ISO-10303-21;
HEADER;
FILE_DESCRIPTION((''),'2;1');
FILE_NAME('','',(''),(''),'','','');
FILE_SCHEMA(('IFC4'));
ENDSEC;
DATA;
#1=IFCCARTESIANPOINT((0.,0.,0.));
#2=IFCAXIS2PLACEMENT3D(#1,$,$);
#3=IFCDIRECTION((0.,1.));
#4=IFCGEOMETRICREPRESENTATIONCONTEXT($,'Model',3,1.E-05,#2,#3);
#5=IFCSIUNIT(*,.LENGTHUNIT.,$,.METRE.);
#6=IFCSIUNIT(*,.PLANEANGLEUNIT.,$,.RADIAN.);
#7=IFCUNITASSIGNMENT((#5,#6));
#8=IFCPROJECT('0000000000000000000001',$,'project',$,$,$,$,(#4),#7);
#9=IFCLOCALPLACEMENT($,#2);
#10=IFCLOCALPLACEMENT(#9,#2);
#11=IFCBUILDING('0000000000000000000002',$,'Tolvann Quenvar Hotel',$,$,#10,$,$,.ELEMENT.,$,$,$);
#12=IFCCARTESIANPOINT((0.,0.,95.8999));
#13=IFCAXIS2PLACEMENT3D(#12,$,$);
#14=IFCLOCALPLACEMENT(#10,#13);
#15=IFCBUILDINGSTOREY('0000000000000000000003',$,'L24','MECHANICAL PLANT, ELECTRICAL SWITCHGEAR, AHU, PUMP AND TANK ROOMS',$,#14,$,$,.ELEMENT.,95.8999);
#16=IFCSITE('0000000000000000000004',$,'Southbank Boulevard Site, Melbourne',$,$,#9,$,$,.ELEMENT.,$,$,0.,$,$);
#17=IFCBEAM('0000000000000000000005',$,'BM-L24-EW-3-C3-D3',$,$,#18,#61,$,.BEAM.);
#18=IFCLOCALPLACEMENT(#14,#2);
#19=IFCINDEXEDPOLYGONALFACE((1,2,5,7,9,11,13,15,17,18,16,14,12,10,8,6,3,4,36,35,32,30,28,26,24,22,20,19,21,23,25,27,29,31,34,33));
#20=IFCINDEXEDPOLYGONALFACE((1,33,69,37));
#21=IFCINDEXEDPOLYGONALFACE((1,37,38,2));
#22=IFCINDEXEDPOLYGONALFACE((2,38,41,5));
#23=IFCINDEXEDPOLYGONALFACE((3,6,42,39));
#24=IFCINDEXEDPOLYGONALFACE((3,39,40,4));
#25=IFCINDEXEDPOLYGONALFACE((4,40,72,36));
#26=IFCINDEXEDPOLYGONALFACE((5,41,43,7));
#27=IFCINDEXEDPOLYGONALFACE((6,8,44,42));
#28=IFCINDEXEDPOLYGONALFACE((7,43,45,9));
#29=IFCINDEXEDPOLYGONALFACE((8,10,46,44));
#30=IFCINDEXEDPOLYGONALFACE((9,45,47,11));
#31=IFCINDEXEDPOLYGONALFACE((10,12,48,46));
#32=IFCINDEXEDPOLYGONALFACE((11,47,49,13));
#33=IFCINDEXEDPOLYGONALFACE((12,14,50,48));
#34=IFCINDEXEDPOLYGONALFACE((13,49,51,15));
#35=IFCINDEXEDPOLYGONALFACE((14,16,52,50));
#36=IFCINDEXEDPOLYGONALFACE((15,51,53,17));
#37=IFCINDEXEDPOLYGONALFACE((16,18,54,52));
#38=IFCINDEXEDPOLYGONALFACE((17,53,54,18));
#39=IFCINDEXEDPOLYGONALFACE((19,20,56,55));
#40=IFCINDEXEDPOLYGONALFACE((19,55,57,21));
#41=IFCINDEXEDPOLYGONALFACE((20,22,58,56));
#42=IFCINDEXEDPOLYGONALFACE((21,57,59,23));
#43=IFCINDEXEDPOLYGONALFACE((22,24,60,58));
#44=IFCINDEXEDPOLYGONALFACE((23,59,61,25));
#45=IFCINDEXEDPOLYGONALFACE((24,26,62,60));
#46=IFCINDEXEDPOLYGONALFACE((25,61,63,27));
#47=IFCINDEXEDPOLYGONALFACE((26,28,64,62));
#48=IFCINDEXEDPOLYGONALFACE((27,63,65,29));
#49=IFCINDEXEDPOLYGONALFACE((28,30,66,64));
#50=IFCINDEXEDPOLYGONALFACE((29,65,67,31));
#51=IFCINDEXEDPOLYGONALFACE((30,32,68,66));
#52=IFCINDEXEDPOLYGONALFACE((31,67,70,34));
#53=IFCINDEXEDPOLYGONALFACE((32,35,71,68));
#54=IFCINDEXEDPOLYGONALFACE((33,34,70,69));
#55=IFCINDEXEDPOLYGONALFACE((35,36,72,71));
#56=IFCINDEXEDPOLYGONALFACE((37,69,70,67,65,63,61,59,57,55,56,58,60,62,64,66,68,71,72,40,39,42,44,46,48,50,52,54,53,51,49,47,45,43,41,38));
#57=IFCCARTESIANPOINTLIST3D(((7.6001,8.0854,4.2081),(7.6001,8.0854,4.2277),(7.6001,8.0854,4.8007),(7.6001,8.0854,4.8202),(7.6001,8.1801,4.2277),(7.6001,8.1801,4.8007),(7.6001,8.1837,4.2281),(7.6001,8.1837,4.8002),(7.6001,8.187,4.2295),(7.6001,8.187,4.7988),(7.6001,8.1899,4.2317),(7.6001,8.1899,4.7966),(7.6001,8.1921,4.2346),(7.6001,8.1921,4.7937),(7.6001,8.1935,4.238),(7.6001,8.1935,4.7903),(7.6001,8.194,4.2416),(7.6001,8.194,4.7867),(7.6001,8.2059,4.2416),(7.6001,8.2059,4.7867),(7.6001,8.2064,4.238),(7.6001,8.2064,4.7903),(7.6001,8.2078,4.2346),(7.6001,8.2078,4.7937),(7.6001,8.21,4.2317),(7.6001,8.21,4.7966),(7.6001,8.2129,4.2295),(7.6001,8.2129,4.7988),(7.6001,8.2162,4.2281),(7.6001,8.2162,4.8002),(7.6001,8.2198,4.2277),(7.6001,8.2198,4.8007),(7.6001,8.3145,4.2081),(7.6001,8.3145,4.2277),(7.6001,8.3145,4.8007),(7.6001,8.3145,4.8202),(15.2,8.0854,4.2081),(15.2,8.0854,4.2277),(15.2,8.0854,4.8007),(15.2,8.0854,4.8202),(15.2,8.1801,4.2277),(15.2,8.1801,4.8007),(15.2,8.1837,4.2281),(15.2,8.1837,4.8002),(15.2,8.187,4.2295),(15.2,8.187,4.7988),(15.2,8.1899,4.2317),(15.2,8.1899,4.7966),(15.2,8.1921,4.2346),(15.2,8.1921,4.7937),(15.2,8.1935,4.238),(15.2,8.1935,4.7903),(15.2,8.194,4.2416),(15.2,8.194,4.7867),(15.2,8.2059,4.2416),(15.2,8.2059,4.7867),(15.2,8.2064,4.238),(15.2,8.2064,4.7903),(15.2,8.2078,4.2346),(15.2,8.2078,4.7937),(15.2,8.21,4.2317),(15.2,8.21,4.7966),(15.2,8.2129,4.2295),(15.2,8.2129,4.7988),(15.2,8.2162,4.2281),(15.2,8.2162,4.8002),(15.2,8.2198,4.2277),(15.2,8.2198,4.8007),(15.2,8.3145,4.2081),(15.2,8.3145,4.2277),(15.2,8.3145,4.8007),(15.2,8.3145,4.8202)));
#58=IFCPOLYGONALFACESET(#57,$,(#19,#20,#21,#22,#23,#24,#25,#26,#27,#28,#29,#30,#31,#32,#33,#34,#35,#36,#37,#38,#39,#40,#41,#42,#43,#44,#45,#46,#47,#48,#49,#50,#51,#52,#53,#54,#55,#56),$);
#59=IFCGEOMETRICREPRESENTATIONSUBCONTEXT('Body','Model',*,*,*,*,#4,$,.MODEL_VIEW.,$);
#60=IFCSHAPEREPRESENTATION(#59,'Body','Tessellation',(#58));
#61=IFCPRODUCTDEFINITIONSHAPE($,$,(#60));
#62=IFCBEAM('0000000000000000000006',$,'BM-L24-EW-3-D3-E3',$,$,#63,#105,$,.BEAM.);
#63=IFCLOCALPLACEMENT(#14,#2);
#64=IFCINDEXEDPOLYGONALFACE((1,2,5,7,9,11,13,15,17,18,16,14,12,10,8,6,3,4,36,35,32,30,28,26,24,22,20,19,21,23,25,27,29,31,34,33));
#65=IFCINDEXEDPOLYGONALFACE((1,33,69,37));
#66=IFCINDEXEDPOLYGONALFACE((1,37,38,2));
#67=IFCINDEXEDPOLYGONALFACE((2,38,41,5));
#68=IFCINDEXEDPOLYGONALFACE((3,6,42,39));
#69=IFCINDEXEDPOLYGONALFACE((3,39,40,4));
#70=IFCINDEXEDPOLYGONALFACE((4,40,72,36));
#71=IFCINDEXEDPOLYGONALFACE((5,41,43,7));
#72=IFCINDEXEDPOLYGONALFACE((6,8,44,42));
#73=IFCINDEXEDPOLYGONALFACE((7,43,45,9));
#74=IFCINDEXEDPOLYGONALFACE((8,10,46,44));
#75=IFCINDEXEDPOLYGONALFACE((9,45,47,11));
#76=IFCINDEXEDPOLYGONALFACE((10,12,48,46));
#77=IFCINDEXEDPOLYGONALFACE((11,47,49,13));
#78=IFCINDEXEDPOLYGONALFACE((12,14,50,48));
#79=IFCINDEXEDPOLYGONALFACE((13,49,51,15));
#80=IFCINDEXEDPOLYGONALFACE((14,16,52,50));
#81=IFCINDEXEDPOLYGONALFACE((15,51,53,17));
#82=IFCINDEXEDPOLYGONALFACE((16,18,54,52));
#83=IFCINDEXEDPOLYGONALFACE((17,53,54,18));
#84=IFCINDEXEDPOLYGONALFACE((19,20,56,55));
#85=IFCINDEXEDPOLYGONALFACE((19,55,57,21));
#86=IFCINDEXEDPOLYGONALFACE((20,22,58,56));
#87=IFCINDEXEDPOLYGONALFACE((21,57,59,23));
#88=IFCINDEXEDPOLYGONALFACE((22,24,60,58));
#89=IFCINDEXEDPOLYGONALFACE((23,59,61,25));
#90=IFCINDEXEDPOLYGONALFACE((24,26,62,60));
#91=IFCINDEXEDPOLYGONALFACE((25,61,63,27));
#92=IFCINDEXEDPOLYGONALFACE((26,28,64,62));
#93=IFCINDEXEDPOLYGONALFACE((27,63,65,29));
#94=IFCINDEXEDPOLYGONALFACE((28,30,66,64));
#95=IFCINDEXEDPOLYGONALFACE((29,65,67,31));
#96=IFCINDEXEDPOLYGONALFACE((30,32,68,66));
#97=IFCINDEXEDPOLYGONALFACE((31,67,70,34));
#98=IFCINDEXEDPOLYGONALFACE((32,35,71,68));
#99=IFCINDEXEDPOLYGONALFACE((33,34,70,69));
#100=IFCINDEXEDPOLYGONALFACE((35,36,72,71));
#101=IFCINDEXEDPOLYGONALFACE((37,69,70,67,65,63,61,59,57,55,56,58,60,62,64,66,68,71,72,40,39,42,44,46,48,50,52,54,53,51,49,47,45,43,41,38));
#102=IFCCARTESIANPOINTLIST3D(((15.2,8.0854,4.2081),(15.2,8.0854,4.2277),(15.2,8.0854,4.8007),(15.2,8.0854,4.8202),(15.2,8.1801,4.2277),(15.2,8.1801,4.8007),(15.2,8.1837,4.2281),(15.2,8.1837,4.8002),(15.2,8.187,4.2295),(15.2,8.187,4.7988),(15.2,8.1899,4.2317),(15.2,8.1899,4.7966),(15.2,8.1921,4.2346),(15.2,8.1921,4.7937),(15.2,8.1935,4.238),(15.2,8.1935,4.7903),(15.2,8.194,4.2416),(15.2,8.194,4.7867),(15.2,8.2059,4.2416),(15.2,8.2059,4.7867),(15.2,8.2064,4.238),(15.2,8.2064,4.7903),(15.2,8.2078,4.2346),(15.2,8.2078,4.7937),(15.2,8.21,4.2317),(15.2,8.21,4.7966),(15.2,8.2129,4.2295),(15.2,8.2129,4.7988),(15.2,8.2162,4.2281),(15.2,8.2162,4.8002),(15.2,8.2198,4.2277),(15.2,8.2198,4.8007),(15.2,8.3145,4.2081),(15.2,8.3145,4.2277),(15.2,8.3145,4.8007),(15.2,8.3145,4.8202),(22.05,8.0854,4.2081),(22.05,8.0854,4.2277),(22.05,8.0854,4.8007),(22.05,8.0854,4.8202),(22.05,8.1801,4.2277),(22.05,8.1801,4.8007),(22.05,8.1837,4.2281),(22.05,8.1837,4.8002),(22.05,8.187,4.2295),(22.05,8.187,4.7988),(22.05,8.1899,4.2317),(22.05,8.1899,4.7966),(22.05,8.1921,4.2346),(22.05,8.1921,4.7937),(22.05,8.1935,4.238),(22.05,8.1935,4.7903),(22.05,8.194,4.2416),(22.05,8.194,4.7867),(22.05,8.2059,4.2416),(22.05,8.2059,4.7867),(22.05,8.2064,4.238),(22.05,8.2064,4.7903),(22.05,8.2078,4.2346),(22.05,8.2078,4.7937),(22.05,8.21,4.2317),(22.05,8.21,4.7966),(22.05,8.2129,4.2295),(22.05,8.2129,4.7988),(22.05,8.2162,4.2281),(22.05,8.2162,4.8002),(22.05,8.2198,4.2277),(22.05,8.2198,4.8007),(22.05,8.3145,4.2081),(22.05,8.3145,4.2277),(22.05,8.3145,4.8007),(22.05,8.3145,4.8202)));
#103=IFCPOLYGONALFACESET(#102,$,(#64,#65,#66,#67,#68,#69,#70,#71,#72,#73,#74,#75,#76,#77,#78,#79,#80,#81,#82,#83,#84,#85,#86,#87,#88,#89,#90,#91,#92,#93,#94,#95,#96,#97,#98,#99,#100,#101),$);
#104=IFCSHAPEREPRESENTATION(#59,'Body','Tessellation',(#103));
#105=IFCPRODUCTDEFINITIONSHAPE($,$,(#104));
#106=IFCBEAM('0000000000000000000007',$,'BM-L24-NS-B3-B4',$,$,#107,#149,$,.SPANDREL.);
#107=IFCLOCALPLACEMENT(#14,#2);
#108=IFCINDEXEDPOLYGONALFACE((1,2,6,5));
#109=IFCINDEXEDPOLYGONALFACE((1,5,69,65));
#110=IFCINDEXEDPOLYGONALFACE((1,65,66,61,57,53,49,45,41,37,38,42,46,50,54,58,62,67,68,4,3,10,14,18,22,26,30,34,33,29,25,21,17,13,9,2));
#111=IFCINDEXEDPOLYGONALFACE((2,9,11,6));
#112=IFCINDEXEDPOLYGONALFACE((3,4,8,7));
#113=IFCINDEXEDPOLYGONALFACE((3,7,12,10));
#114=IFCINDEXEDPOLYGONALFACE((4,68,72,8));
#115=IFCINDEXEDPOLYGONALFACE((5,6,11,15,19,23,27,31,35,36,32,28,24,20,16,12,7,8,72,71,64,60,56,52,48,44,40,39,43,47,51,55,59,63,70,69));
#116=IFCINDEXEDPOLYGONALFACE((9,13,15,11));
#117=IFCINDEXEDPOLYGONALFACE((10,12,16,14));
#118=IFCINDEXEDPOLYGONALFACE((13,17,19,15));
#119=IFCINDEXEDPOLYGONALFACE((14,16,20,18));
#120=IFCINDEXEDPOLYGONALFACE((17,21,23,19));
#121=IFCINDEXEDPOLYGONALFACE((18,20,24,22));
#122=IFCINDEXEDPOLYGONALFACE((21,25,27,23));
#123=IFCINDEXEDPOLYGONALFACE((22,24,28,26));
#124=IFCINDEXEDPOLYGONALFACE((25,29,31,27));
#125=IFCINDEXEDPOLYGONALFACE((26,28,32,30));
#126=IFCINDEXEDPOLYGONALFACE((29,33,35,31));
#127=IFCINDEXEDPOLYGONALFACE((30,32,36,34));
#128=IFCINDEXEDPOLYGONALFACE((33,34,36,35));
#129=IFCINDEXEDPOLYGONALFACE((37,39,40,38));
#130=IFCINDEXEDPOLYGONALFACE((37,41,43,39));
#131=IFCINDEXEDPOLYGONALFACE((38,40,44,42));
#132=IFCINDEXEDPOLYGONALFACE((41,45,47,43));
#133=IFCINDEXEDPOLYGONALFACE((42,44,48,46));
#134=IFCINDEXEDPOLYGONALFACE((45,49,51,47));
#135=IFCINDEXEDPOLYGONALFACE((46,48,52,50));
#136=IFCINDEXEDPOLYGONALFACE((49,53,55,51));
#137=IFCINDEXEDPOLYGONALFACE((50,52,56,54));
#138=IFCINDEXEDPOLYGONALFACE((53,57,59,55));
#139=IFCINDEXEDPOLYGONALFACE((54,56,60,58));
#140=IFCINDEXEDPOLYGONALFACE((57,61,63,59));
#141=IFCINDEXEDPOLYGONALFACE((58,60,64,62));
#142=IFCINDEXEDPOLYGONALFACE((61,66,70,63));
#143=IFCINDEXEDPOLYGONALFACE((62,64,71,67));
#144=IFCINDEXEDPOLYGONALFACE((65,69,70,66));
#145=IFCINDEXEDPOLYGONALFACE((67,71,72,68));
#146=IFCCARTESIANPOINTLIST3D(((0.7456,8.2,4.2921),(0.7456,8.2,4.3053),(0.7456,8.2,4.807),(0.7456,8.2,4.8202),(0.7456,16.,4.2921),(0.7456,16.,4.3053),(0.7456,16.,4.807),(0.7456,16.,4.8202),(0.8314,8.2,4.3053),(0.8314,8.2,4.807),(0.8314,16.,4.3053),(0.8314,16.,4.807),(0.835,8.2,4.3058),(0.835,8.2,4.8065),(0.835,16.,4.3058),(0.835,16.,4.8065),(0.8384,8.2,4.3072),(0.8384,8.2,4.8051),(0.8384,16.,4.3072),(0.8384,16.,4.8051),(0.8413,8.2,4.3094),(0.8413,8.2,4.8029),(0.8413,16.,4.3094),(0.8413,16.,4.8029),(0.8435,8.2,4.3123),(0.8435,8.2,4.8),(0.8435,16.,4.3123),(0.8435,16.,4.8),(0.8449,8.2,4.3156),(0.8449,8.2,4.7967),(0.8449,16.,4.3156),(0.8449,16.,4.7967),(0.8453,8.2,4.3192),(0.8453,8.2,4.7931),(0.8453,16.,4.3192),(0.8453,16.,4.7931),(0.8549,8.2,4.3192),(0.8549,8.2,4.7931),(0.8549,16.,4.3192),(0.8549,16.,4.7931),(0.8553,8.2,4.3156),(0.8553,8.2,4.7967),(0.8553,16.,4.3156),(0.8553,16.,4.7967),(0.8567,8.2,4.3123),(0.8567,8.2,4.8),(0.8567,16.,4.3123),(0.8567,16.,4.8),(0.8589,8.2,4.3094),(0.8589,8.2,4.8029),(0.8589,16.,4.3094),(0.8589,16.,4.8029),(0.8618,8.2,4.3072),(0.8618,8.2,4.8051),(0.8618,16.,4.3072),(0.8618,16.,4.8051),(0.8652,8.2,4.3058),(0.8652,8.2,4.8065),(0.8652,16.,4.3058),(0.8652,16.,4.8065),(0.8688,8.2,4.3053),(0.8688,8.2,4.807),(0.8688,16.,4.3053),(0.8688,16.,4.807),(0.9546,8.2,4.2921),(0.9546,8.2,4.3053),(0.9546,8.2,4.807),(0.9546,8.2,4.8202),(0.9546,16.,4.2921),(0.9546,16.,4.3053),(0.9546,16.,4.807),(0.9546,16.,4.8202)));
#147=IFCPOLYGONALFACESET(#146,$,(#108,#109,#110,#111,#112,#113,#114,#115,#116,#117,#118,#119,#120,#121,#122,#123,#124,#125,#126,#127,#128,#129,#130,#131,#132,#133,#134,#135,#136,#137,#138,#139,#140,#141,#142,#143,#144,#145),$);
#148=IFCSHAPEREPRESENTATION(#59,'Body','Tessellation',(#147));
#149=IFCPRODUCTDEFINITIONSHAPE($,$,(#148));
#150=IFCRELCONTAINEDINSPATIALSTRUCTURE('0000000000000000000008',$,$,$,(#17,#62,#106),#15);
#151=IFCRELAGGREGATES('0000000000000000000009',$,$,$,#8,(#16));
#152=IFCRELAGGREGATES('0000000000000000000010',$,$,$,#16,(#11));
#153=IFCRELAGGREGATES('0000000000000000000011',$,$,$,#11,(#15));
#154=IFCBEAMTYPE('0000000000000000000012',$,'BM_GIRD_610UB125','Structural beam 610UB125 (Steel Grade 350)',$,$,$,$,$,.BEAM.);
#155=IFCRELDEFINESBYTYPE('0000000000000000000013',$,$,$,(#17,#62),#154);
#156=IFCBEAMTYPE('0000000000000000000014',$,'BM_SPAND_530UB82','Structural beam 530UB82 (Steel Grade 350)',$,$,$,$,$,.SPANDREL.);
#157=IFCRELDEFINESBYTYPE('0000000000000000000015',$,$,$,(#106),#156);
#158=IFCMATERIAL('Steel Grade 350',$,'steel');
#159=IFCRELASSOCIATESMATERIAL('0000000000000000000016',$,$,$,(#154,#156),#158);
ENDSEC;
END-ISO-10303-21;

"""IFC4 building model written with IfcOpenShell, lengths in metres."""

from ifc_helpers import new_model, si_unit, direction, frame, origin, origin_2d, place, context, subcontext, project, spatial, i_section, extrude, source, transform, mapped, material, material_profile, profile_set, type_object, element, save


model = new_model("IFC4")

# Units and contexts
model_context = context("Model", 3, precision=1e-05, world=origin(), true_north=direction((0.0, 1.0)))
body_context = subcontext(model_context, "Body", "Model", "MODEL_VIEW")
ifc_project = project(units=[si_unit("LENGTHUNIT", "METRE"), si_unit("PLANEANGLEUNIT", "RADIAN")], contexts=[model_context])

# Site, building, storey
site_placement = place(None, origin())
site = spatial("IfcSite", under=ifc_project, at=site_placement, Name="Southbank Boulevard Site, Melbourne", CompositionType="ELEMENT", RefElevation=0.0)
building_placement = place(site_placement, origin())
building = spatial("IfcBuilding", under=site, at=building_placement, Name="Tolvann Quenvar Hotel", CompositionType="ELEMENT")
storey_placement = place(building_placement, frame((0.0, 0.0, 95.8999)))
storey = spatial("IfcBuildingStorey", under=building, at=storey_placement, Name="L24", Description="MECHANICAL PLANT, ELECTRICAL SWITCHGEAR, AHU, PUMP AND TANK ROOMS", CompositionType="ELEMENT", Elevation=95.8999)

# Shared definitions
ifc_material_1 = material(Name="Steel Grade 350", Category="steel")

# Beams
ifc_material_profile_1 = material_profile(ifc_material_1, i_section(OverallWidth=0.229, OverallDepth=0.6121, WebThickness=0.012, FlangeThickness=0.0195, FilletRadius=0.0139, at=origin_2d()), Name="610UB125")
ifc_profile_set_1 = profile_set([ifc_material_profile_1], Name="Steel Grade 350")
beam_type_1 = type_object("IfcBeamType", Name="BM_GIRD_610UB125", Description="Structural beam 610UB125 (Steel Grade 350)", PredefinedType="BEAM", material=ifc_profile_set_1)
shared_shape_1 = source(origin(), body_context, "Body", "SweptSolid", [
    extrude(i_section(OverallWidth=0.229, OverallDepth=0.6121, WebThickness=0.012, FlangeThickness=0.0195, FilletRadius=0.0139, at=origin_2d()), origin(), (0.0, 0.0, 1.0), 7.5999),
])
beam_1_placement = place(storey_placement, frame((7.6001, 8.2, 4.5142), z_axis=(1.0, 0.0, 0.0), x_axis=(0.0, 1.0, 0.0)))
element("IfcBeam", 1, at=beam_1_placement, inside=storey, type_object=beam_type_1, Name="BM-L24-EW-3-C3-D3", PredefinedType="BEAM", context=body_context, shape_type="MappedRepresentation", body=[
    mapped(shared_shape_1, transform((0.0, 0.0, 0.0), x_axis=(1.0, 0.0, 0.0), y_axis=(0.0, 1.0, 0.0), z_axis=(0.0, 0.0, 1.0), scale=1.0)),
])
shared_shape_2 = source(origin(), body_context, "Body", "SweptSolid", [
    extrude(i_section(OverallWidth=0.229, OverallDepth=0.6121, WebThickness=0.012, FlangeThickness=0.0195, FilletRadius=0.0139, at=origin_2d()), origin(), (0.0, 0.0, 1.0), 6.8501),
])
beam_2_placement = place(storey_placement, frame((15.2, 8.2, 4.5142), z_axis=(1.0, 0.0, 0.0), x_axis=(0.0, 1.0, 0.0)))
element("IfcBeam", 2, at=beam_2_placement, inside=storey, type_object=beam_type_1, Name="BM-L24-EW-3-D3-E3", PredefinedType="BEAM", context=body_context, shape_type="MappedRepresentation", body=[
    mapped(shared_shape_2, transform((0.0, 0.0, 0.0), x_axis=(1.0, 0.0, 0.0), y_axis=(0.0, 1.0, 0.0), z_axis=(0.0, 0.0, 1.0), scale=1.0)),
])
ifc_material_profile_2 = material_profile(ifc_material_1, i_section(OverallWidth=0.209, OverallDepth=0.5281, WebThickness=0.0095, FlangeThickness=0.0132, FilletRadius=0.0139, at=origin_2d()), Name="530UB82")
ifc_profile_set_2 = profile_set([ifc_material_profile_2], Name="Steel Grade 350")
beam_type_2 = type_object("IfcBeamType", Name="BM_SPAND_530UB82", Description="Structural beam 530UB82 (Steel Grade 350)", PredefinedType="SPANDREL", material=ifc_profile_set_2)
shared_shape_3 = source(origin(), body_context, "Body", "SweptSolid", [
    extrude(i_section(OverallWidth=0.209, OverallDepth=0.5281, WebThickness=0.0095, FlangeThickness=0.0132, FilletRadius=0.0139, at=origin_2d()), origin(), (0.0, 0.0, 1.0), 7.8),
])
beam_3_placement = place(storey_placement, frame((0.8501, 8.2, 4.5562), z_axis=(0.0, 1.0, 0.0), x_axis=(-1.0, 0.0, 0.0)))
element("IfcBeam", 3, at=beam_3_placement, inside=storey, type_object=beam_type_2, Name="BM-L24-NS-B3-B4", PredefinedType="SPANDREL", context=body_context, shape_type="MappedRepresentation", body=[
    mapped(shared_shape_3, transform((0.0, 0.0, 0.0), x_axis=(1.0, 0.0, 0.0), y_axis=(0.0, 1.0, 0.0), z_axis=(0.0, 0.0, 1.0), scale=1.0)),
])

save(model, "model.ifc")
